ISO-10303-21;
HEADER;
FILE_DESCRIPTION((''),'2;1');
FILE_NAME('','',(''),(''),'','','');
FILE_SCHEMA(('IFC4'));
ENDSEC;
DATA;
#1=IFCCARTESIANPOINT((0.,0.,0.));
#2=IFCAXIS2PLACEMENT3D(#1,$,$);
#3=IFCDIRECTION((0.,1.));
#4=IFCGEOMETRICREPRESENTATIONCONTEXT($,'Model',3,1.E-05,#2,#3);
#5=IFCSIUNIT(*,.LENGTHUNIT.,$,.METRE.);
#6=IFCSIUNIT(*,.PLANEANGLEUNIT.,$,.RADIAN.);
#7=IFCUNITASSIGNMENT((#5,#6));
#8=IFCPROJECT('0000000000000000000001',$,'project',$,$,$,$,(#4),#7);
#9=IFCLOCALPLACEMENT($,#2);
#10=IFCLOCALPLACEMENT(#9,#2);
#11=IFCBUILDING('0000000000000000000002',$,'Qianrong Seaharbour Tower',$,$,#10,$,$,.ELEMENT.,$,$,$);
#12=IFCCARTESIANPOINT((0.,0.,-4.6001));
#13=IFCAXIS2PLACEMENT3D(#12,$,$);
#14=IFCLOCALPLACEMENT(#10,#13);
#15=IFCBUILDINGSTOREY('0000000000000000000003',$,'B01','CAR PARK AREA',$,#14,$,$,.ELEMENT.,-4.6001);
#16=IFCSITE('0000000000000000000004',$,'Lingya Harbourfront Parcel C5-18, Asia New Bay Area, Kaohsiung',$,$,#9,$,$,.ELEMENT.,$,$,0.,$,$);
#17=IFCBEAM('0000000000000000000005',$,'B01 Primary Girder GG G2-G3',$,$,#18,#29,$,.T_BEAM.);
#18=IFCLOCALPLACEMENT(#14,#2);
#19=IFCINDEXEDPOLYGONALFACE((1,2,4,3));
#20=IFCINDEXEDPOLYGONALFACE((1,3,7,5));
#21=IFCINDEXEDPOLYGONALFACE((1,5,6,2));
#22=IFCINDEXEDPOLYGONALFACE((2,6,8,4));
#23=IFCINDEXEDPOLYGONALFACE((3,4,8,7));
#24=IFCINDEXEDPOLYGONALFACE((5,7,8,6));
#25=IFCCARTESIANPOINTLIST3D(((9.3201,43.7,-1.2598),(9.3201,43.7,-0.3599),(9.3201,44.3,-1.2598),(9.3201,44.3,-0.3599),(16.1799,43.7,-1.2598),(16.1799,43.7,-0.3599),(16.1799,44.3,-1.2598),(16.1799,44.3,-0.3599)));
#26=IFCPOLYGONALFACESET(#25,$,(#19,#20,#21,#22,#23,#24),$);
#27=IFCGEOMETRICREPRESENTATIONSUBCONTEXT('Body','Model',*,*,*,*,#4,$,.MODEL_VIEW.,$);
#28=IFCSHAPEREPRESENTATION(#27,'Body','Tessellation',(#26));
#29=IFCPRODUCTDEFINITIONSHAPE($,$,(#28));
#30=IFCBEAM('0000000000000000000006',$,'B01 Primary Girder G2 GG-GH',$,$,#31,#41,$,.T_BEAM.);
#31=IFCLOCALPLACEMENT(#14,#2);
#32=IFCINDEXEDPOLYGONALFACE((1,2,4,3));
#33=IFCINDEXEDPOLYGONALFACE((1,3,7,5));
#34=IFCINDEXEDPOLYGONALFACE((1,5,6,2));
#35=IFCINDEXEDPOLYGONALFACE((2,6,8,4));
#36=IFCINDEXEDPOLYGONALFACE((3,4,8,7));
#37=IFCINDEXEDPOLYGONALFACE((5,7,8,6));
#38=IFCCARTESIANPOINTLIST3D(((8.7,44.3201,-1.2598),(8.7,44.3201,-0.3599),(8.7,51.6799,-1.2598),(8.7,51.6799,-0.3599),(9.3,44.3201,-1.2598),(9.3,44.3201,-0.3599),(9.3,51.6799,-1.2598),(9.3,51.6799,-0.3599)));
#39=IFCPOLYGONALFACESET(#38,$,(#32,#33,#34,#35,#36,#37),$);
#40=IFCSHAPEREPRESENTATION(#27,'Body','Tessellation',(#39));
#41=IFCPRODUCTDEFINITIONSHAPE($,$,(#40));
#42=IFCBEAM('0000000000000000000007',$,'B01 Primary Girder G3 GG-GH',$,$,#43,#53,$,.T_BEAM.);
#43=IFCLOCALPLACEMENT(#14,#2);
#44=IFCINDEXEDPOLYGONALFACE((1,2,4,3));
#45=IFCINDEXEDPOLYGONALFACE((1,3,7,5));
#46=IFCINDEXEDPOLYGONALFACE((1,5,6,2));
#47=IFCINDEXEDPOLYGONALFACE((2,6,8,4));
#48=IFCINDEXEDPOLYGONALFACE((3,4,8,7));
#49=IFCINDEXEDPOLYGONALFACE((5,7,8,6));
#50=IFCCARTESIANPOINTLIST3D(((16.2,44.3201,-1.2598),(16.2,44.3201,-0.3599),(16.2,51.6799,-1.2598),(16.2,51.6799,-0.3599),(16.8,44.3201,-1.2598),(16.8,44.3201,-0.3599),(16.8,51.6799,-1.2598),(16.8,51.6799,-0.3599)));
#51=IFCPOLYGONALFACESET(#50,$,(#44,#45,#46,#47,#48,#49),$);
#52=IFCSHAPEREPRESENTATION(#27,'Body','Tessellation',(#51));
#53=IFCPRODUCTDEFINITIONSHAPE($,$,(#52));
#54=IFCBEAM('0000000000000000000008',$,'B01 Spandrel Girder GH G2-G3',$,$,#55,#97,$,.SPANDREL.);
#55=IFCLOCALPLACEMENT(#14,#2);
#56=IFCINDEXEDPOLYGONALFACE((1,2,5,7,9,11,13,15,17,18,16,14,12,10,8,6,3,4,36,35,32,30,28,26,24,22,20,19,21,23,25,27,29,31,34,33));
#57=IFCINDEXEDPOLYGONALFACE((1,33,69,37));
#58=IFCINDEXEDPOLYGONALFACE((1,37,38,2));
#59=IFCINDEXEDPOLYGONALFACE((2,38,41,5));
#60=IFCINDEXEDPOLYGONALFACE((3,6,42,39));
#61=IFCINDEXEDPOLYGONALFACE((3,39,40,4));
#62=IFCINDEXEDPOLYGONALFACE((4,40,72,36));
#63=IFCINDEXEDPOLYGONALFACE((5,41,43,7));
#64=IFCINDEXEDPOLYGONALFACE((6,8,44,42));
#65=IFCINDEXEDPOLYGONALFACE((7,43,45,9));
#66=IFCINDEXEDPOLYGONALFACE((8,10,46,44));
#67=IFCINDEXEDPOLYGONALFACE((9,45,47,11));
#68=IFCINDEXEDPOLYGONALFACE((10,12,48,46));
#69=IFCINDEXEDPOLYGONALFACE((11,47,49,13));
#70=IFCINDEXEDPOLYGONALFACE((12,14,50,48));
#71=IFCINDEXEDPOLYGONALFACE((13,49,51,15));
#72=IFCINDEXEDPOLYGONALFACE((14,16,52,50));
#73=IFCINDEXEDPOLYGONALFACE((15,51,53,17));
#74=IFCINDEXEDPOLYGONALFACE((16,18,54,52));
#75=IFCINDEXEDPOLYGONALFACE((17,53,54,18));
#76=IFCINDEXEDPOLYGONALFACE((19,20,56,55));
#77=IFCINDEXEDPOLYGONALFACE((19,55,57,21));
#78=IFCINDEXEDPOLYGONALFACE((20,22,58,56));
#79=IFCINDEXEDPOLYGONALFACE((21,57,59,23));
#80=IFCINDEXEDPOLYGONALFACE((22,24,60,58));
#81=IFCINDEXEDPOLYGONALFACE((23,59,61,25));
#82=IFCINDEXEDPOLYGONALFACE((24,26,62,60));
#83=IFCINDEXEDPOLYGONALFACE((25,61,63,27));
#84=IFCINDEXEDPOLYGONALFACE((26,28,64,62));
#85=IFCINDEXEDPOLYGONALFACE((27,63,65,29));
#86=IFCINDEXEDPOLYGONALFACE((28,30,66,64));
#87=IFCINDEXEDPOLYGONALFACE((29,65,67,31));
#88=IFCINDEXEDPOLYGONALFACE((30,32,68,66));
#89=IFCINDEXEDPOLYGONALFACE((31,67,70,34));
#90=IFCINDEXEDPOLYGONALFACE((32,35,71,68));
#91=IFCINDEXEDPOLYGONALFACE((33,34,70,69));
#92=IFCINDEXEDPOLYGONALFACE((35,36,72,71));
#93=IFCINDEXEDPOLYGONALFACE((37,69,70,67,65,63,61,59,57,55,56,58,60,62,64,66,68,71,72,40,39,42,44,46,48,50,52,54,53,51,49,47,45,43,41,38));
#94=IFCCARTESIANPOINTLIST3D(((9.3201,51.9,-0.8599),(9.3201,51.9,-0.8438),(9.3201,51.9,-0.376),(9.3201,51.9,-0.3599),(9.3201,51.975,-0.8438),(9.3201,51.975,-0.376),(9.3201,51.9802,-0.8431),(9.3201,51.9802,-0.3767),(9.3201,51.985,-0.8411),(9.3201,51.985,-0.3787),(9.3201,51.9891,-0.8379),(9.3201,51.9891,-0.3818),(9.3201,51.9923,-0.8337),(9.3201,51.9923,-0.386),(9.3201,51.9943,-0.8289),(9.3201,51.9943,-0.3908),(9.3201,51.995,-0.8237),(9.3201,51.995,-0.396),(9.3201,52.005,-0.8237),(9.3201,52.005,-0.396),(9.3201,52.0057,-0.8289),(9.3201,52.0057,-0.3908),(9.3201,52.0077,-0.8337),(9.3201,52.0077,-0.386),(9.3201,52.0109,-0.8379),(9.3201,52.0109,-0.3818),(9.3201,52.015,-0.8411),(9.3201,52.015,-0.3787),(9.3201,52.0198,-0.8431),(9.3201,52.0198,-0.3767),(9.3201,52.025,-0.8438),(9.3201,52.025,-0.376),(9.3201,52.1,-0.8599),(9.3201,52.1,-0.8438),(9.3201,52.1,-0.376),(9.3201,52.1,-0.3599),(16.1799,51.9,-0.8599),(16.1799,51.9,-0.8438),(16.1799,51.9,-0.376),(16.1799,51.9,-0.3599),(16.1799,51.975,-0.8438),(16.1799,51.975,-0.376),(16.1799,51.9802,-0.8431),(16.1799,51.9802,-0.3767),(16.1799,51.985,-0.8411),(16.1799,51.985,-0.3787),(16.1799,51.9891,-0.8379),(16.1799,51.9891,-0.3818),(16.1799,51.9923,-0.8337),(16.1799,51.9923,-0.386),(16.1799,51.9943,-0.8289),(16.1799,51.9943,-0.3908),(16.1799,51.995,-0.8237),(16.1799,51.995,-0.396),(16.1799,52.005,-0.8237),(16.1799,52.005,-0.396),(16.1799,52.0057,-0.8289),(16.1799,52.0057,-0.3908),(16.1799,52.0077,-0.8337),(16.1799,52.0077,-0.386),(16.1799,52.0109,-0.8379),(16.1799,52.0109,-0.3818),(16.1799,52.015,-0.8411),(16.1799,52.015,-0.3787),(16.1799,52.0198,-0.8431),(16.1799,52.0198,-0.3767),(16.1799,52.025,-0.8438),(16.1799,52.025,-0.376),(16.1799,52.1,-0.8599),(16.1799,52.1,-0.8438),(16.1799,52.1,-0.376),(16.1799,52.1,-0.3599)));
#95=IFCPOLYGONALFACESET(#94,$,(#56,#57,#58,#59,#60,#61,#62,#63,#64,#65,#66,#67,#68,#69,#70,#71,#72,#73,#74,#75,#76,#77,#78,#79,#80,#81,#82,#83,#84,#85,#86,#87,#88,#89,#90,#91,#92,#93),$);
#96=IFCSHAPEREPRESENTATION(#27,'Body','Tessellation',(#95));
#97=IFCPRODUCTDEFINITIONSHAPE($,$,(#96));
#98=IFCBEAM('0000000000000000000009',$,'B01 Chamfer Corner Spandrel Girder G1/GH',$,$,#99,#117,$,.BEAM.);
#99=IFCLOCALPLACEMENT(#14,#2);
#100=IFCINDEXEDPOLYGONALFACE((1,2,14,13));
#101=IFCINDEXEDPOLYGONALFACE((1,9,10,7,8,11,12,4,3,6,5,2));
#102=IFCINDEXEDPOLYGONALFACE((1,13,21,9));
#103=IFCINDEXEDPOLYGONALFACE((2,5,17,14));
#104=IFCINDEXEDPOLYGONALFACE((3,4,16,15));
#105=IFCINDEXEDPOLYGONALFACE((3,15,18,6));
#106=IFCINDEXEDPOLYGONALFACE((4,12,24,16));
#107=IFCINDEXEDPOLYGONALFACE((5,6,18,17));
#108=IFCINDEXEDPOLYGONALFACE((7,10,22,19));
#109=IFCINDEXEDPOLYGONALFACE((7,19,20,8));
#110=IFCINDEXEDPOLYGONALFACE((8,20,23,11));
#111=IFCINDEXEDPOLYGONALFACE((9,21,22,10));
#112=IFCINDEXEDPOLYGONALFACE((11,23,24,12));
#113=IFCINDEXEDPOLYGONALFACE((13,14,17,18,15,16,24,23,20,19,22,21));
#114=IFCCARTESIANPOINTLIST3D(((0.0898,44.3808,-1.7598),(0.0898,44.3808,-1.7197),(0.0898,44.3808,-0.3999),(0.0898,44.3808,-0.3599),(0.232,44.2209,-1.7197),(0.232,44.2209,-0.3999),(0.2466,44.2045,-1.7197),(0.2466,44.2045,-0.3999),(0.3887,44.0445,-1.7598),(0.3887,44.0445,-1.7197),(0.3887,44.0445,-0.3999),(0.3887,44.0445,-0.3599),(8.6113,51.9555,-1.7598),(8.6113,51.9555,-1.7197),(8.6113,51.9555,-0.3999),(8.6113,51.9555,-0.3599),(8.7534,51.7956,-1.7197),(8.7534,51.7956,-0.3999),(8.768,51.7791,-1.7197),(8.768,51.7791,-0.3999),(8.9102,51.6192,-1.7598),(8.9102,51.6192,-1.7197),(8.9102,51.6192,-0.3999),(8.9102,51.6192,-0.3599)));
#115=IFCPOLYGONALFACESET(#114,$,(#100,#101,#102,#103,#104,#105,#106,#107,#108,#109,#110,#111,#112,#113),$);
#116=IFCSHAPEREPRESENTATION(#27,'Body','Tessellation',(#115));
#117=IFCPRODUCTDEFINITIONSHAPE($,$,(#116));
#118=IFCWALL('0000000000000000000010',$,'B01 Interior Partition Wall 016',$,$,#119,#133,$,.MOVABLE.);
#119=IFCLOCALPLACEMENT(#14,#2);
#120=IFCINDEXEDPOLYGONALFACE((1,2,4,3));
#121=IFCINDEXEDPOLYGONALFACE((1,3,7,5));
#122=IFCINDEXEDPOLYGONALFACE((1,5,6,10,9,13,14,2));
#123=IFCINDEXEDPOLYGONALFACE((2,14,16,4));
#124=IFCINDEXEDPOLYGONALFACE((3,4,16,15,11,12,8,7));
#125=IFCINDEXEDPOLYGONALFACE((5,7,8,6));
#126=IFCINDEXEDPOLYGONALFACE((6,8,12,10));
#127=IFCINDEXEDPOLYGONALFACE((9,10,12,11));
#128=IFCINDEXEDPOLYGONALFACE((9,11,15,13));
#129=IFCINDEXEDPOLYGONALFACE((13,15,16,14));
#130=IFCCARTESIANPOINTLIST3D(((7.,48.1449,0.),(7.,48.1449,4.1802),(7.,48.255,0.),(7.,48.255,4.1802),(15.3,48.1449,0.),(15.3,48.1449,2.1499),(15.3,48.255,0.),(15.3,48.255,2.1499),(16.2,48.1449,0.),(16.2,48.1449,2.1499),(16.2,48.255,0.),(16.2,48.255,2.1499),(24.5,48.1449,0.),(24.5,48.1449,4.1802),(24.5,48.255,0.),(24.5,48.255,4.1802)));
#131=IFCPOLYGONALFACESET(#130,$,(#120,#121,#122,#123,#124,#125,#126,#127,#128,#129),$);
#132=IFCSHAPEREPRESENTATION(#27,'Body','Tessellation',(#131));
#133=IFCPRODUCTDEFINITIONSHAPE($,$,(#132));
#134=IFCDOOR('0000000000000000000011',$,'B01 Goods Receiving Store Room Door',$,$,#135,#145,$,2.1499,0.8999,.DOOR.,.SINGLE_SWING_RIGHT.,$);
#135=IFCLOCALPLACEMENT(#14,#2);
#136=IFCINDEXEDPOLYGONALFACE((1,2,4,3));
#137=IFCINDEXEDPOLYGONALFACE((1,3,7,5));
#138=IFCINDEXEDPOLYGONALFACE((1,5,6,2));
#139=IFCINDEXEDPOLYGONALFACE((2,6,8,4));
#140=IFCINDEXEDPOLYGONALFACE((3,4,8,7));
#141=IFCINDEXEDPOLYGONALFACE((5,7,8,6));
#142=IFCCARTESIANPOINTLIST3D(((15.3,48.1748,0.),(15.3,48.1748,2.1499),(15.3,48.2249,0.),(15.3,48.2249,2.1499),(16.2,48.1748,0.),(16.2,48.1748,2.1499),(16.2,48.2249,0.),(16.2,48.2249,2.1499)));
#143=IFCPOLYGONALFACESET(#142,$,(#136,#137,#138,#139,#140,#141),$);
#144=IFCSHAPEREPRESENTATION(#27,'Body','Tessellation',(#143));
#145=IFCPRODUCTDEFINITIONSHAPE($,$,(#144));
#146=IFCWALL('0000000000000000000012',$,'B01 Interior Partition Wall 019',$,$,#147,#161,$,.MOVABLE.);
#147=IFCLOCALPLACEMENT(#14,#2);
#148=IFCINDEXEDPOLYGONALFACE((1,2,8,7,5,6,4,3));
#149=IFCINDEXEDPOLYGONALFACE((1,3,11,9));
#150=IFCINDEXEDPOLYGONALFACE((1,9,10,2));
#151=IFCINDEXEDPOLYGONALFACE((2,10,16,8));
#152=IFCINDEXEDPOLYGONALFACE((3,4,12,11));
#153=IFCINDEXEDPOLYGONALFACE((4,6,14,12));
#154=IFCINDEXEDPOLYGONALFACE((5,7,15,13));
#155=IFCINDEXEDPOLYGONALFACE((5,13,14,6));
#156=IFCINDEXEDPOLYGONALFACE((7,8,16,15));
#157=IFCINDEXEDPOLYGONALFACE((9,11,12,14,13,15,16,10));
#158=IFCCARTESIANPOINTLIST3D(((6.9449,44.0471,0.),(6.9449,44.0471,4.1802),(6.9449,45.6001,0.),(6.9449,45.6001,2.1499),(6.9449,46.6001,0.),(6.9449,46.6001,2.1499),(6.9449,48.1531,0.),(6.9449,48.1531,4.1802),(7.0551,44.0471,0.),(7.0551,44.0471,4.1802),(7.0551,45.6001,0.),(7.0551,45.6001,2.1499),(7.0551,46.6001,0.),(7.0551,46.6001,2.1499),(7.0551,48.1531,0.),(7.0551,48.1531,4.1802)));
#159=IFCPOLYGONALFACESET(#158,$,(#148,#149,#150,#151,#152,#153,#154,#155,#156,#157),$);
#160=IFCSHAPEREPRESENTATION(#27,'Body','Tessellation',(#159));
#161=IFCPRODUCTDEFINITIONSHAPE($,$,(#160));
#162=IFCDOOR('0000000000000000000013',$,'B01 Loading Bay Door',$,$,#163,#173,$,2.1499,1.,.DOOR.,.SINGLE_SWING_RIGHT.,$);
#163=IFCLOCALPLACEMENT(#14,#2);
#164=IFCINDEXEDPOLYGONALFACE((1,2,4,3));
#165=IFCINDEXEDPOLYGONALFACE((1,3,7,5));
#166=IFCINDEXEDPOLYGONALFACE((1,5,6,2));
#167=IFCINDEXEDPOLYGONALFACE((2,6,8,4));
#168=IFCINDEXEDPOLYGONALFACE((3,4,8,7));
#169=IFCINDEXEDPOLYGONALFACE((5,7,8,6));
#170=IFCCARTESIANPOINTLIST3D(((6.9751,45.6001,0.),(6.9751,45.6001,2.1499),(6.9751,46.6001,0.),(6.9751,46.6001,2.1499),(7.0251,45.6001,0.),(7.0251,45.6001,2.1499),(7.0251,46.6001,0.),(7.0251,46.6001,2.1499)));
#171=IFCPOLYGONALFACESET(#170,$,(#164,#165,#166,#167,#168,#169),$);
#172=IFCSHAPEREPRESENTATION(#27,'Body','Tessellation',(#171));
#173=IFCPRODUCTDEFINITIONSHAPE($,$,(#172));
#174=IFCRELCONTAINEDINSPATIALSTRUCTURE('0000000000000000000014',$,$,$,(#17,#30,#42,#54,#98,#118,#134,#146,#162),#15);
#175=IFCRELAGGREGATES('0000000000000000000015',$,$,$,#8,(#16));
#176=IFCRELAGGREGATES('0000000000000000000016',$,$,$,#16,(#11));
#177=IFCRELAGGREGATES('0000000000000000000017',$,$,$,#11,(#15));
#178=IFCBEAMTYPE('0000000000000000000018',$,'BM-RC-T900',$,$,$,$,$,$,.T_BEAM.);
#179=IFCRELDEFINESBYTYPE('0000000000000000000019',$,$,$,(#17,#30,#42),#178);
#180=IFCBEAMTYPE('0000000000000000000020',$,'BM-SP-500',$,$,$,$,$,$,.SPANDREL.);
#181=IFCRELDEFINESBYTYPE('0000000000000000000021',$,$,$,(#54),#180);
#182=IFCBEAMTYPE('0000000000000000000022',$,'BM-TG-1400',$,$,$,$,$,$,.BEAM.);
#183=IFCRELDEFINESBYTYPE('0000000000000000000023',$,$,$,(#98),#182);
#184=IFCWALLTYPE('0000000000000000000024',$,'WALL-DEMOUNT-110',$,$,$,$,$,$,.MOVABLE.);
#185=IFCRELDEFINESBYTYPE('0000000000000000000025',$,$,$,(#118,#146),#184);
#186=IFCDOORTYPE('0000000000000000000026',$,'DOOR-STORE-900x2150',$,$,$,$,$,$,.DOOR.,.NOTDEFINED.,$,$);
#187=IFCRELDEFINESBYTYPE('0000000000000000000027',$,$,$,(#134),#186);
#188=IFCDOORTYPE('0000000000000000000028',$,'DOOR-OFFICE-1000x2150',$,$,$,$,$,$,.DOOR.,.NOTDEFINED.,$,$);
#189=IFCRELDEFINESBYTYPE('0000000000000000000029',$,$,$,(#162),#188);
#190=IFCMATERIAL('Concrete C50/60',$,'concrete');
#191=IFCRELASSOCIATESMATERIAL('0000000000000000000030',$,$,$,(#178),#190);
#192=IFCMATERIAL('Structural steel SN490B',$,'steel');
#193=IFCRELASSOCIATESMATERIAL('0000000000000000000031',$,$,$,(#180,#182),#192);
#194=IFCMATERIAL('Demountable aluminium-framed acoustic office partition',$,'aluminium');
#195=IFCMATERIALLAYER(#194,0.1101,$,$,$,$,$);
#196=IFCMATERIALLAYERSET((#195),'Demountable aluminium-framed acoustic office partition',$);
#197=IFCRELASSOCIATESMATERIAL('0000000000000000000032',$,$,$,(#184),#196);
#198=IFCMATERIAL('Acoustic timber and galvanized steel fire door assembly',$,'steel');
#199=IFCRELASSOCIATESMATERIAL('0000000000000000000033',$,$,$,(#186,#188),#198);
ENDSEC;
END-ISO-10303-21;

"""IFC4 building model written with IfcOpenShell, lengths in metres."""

from ifc_helpers import new_model, si_unit, direction, frame, frame_2d, origin, origin_2d, place, context, subcontext, project, spatial, rectangle, i_section, extrude, material, layer, layer_set, material_profile, profile_set, type_object, element, fill, save


model = new_model("IFC4")

# Units and contexts
model_context = context("Model", 3, precision=1e-05, world=origin(), true_north=direction((0.0, 1.0)))
body_context = subcontext(model_context, "Body", "Model", "MODEL_VIEW")
ifc_project = project(units=[si_unit("LENGTHUNIT", "METRE"), si_unit("PLANEANGLEUNIT", "RADIAN")], contexts=[model_context])

# Site, building, storey
site_placement = place(None, origin())
site = spatial("IfcSite", under=ifc_project, at=site_placement, Name="Lingya Harbourfront Parcel C5-18, Asia New Bay Area, Kaohsiung", CompositionType="ELEMENT", RefElevation=0.0)
building_placement = place(site_placement, origin())
building = spatial("IfcBuilding", under=site, at=building_placement, Name="Qianrong Seaharbour Tower", CompositionType="ELEMENT")
storey_placement = place(building_placement, frame((0.0, 0.0, -4.6001)))
storey = spatial("IfcBuildingStorey", under=building, at=storey_placement, Name="B01", Description="CAR PARK AREA", CompositionType="ELEMENT", Elevation=-4.6001)

# Shared definitions
ifc_material_1 = material(Name="Structural steel SN490B", Category="steel")

# Beams
ifc_material_2 = material(Name="Concrete C50/60", Category="concrete")
ifc_material_profile_1 = material_profile(ifc_material_2, rectangle(XDim=0.6001, YDim=0.8999, at=origin_2d()), Name="RC600x900")
ifc_profile_set_1 = profile_set([ifc_material_profile_1], Name="Concrete C50/60")
beam_type_1 = type_object("IfcBeamType", Name="BM-RC-T900", PredefinedType="T_BEAM", material=ifc_profile_set_1)
beam_1_placement = place(storey_placement, frame((9.3201, 44.0, -0.8098), z_axis=(1.0, 0.0, 0.0), x_axis=(0.0, 1.0, 0.0)))
element("IfcBeam", 1, at=beam_1_placement, inside=storey, type_object=beam_type_1, Name="B01 Primary Girder GG G2-G3", PredefinedType="T_BEAM", context=body_context, shape_type="SweptSolid", body=[
    extrude(rectangle(XDim=0.6001, YDim=0.8999, at=origin_2d()), origin(), (0.0, 0.0, 1.0), 6.8599),
])
for number, where, z_axis, x_axis, name in (
    (2, (9.0, 44.3201, -0.8098), (0.0, 1.0, 0.0), (-1.0, 0.0, 0.0), "B01 Primary Girder G2 GG-GH"),
    (3, (16.5, 44.3201, -0.8098), (0.0, 1.0, 0.0), (-1.0, 0.0, 0.0), "B01 Primary Girder G3 GG-GH"),
):
    element("IfcBeam", number, at=place(storey_placement, frame(where, z_axis=z_axis, x_axis=x_axis)), inside=storey, type_object=beam_type_1, Name=name, PredefinedType="T_BEAM", context=body_context, shape_type="SweptSolid", body=[
        extrude(rectangle(XDim=0.6001, YDim=0.8999, at=origin_2d()), origin(), (0.0, 0.0, 1.0), 7.3599),
    ])
ifc_material_profile_2 = material_profile(ifc_material_1, i_section(OverallWidth=0.2, OverallDepth=0.5, WebThickness=0.01, FlangeThickness=0.0161, FilletRadius=0.02, at=origin_2d()), Name="H500x200x10x16")
ifc_profile_set_2 = profile_set([ifc_material_profile_2], Name="Structural steel SN490B")
beam_type_2 = type_object("IfcBeamType", Name="BM-SP-500", PredefinedType="SPANDREL", material=ifc_profile_set_2)
beam_2_placement = place(storey_placement, frame((9.3201, 52.0, -0.6099), z_axis=(1.0, 0.0, 0.0), x_axis=(0.0, 1.0, 0.0)))
element("IfcBeam", 4, at=beam_2_placement, inside=storey, type_object=beam_type_2, Name="B01 Spandrel Girder GH G2-G3", PredefinedType="SPANDREL", context=body_context, shape_type="SweptSolid", body=[
    extrude(i_section(OverallWidth=0.2, OverallDepth=0.5, WebThickness=0.01, FlangeThickness=0.0161, FilletRadius=0.02, at=origin_2d()), origin(), (0.0, 0.0, 1.0), 6.8599),
])
ifc_material_profile_3 = material_profile(ifc_material_1, i_section(OverallWidth=0.45, OverallDepth=1.3999, WebThickness=0.022, FlangeThickness=0.04, at=origin_2d()), Name="BH1400x450x22x40")
ifc_profile_set_3 = profile_set([ifc_material_profile_3], Name="Structural steel SN490B")
beam_type_3 = type_object("IfcBeamType", Name="BM-TG-1400", PredefinedType="BEAM", material=ifc_profile_set_3)
beam_3_placement = place(storey_placement, frame((8.7607, 51.7874, -1.0598), z_axis=(-0.747407, -0.664366, 0.0), x_axis=(0.664366, -0.747407, 0.0)))
element("IfcBeam", 5, at=beam_3_placement, inside=storey, type_object=beam_type_3, Name="B01 Chamfer Corner Spandrel Girder G1/GH", PredefinedType="BEAM", context=body_context, shape_type="SweptSolid", body=[
    extrude(i_section(OverallWidth=0.45, OverallDepth=1.3999, WebThickness=0.022, FlangeThickness=0.04, at=origin_2d()), origin(), (0.0, 0.0, 1.0), 11.4014),
])

# Walls, openings, doors
ifc_material_3 = material(Name="Demountable aluminium-framed acoustic office partition", Category="aluminium")
ifc_layer_1 = layer(ifc_material_3, 0.1101)
ifc_layer_set_1 = layer_set([ifc_layer_1], Name="Demountable aluminium-framed acoustic office partition")
wall_type_1 = type_object("IfcWallType", Name="WALL-DEMOUNT-110", PredefinedType="MOVABLE", material=ifc_layer_set_1)
wall_1_placement = place(storey_placement, frame((7.0, 48.2, 0.0), z_axis=(0.0, 0.0, 1.0), x_axis=(1.0, 0.0, 0.0)))
wall_1 = element("IfcWall", 6, at=wall_1_placement, inside=storey, type_object=wall_type_1, Name="B01 Interior Partition Wall 016", PredefinedType="MOVABLE", context=body_context, shape_type="SweptSolid", body=[
    extrude(rectangle(XDim=17.5, YDim=0.1101, at=frame_2d((8.75, 0.0))), origin(), (0.0, 0.0, 1.0), 4.1802),
])
opening_1_placement = place(wall_1_placement, frame((8.3, 0.0, 0.0)))
opening_1 = element("IfcOpeningElement", 7, at=opening_1_placement, cuts=wall_1, PredefinedType="OPENING", context=body_context, shape_type="SweptSolid", body=[
    extrude(rectangle(XDim=0.8999, YDim=2.1499, at=frame_2d((0.45, 1.075))), frame((0.0, 0.0649, 0.0), z_axis=(0.0, -1.0, 0.0), x_axis=(1.0, 0.0, 0.0)), (0.0, 0.0, 1.0), 0.1301),
])
ifc_material_4 = material(Name="Acoustic timber and galvanized steel fire door assembly", Category="steel")
door_type_1 = type_object("IfcDoorType", Name="DOOR-STORE-900x2150", OperationType="NOTDEFINED", PredefinedType="DOOR", material=ifc_material_4)
door_1_placement = place(opening_1_placement, origin())
door_1 = element("IfcDoor", 8, at=door_1_placement, inside=storey, type_object=door_type_1, Name="B01 Goods Receiving Store Room Door", OperationType="SINGLE_SWING_RIGHT", OverallHeight=2.1499, OverallWidth=0.8999, PredefinedType="DOOR", context=body_context, shape_type="SweptSolid", body=[
    extrude(rectangle(XDim=0.8999, YDim=2.1499, at=frame_2d((0.45, 1.075))), frame((0.0, 0.0249, 0.0), z_axis=(0.0, -1.0, 0.0), x_axis=(1.0, 0.0, 0.0)), (0.0, 0.0, 1.0), 0.05),
])
fill(opening_1, door_1)
wall_2_placement = place(storey_placement, frame((7.0, 44.0471, 0.0), z_axis=(0.0, 0.0, 1.0), x_axis=(0.0, 1.0, 0.0)))
wall_2 = element("IfcWall", 9, at=wall_2_placement, inside=storey, type_object=wall_type_1, Name="B01 Interior Partition Wall 019", PredefinedType="MOVABLE", context=body_context, shape_type="SweptSolid", body=[
    extrude(rectangle(XDim=4.106, YDim=0.1101, at=frame_2d((2.053, 0.0))), origin(), (0.0, 0.0, 1.0), 4.1802),
])
opening_2_placement = place(wall_2_placement, frame((1.553, 0.0, 0.0)))
opening_2 = element("IfcOpeningElement", 10, at=opening_2_placement, cuts=wall_2, PredefinedType="OPENING", context=body_context, shape_type="SweptSolid", body=[
    extrude(rectangle(XDim=1.0, YDim=2.1499, at=frame_2d((0.5, 1.075))), frame((0.0, 0.0649, 0.0), z_axis=(0.0, -1.0, 0.0), x_axis=(1.0, 0.0, 0.0)), (0.0, 0.0, 1.0), 0.1301),
])
door_type_2 = type_object("IfcDoorType", Name="DOOR-OFFICE-1000x2150", OperationType="NOTDEFINED", PredefinedType="DOOR", material=ifc_material_4)
door_2_placement = place(opening_2_placement, origin())
door_2 = element("IfcDoor", 11, at=door_2_placement, inside=storey, type_object=door_type_2, Name="B01 Loading Bay Door", OperationType="SINGLE_SWING_RIGHT", OverallHeight=2.1499, OverallWidth=1.0, PredefinedType="DOOR", context=body_context, shape_type="SweptSolid", body=[
    extrude(rectangle(XDim=1.0, YDim=2.1499, at=frame_2d((0.5, 1.075))), frame((0.0, 0.0249, 0.0), z_axis=(0.0, -1.0, 0.0), x_axis=(1.0, 0.0, 0.0)), (0.0, 0.0, 1.0), 0.05),
])
fill(opening_2, door_2)

save(model, "model.ifc")
